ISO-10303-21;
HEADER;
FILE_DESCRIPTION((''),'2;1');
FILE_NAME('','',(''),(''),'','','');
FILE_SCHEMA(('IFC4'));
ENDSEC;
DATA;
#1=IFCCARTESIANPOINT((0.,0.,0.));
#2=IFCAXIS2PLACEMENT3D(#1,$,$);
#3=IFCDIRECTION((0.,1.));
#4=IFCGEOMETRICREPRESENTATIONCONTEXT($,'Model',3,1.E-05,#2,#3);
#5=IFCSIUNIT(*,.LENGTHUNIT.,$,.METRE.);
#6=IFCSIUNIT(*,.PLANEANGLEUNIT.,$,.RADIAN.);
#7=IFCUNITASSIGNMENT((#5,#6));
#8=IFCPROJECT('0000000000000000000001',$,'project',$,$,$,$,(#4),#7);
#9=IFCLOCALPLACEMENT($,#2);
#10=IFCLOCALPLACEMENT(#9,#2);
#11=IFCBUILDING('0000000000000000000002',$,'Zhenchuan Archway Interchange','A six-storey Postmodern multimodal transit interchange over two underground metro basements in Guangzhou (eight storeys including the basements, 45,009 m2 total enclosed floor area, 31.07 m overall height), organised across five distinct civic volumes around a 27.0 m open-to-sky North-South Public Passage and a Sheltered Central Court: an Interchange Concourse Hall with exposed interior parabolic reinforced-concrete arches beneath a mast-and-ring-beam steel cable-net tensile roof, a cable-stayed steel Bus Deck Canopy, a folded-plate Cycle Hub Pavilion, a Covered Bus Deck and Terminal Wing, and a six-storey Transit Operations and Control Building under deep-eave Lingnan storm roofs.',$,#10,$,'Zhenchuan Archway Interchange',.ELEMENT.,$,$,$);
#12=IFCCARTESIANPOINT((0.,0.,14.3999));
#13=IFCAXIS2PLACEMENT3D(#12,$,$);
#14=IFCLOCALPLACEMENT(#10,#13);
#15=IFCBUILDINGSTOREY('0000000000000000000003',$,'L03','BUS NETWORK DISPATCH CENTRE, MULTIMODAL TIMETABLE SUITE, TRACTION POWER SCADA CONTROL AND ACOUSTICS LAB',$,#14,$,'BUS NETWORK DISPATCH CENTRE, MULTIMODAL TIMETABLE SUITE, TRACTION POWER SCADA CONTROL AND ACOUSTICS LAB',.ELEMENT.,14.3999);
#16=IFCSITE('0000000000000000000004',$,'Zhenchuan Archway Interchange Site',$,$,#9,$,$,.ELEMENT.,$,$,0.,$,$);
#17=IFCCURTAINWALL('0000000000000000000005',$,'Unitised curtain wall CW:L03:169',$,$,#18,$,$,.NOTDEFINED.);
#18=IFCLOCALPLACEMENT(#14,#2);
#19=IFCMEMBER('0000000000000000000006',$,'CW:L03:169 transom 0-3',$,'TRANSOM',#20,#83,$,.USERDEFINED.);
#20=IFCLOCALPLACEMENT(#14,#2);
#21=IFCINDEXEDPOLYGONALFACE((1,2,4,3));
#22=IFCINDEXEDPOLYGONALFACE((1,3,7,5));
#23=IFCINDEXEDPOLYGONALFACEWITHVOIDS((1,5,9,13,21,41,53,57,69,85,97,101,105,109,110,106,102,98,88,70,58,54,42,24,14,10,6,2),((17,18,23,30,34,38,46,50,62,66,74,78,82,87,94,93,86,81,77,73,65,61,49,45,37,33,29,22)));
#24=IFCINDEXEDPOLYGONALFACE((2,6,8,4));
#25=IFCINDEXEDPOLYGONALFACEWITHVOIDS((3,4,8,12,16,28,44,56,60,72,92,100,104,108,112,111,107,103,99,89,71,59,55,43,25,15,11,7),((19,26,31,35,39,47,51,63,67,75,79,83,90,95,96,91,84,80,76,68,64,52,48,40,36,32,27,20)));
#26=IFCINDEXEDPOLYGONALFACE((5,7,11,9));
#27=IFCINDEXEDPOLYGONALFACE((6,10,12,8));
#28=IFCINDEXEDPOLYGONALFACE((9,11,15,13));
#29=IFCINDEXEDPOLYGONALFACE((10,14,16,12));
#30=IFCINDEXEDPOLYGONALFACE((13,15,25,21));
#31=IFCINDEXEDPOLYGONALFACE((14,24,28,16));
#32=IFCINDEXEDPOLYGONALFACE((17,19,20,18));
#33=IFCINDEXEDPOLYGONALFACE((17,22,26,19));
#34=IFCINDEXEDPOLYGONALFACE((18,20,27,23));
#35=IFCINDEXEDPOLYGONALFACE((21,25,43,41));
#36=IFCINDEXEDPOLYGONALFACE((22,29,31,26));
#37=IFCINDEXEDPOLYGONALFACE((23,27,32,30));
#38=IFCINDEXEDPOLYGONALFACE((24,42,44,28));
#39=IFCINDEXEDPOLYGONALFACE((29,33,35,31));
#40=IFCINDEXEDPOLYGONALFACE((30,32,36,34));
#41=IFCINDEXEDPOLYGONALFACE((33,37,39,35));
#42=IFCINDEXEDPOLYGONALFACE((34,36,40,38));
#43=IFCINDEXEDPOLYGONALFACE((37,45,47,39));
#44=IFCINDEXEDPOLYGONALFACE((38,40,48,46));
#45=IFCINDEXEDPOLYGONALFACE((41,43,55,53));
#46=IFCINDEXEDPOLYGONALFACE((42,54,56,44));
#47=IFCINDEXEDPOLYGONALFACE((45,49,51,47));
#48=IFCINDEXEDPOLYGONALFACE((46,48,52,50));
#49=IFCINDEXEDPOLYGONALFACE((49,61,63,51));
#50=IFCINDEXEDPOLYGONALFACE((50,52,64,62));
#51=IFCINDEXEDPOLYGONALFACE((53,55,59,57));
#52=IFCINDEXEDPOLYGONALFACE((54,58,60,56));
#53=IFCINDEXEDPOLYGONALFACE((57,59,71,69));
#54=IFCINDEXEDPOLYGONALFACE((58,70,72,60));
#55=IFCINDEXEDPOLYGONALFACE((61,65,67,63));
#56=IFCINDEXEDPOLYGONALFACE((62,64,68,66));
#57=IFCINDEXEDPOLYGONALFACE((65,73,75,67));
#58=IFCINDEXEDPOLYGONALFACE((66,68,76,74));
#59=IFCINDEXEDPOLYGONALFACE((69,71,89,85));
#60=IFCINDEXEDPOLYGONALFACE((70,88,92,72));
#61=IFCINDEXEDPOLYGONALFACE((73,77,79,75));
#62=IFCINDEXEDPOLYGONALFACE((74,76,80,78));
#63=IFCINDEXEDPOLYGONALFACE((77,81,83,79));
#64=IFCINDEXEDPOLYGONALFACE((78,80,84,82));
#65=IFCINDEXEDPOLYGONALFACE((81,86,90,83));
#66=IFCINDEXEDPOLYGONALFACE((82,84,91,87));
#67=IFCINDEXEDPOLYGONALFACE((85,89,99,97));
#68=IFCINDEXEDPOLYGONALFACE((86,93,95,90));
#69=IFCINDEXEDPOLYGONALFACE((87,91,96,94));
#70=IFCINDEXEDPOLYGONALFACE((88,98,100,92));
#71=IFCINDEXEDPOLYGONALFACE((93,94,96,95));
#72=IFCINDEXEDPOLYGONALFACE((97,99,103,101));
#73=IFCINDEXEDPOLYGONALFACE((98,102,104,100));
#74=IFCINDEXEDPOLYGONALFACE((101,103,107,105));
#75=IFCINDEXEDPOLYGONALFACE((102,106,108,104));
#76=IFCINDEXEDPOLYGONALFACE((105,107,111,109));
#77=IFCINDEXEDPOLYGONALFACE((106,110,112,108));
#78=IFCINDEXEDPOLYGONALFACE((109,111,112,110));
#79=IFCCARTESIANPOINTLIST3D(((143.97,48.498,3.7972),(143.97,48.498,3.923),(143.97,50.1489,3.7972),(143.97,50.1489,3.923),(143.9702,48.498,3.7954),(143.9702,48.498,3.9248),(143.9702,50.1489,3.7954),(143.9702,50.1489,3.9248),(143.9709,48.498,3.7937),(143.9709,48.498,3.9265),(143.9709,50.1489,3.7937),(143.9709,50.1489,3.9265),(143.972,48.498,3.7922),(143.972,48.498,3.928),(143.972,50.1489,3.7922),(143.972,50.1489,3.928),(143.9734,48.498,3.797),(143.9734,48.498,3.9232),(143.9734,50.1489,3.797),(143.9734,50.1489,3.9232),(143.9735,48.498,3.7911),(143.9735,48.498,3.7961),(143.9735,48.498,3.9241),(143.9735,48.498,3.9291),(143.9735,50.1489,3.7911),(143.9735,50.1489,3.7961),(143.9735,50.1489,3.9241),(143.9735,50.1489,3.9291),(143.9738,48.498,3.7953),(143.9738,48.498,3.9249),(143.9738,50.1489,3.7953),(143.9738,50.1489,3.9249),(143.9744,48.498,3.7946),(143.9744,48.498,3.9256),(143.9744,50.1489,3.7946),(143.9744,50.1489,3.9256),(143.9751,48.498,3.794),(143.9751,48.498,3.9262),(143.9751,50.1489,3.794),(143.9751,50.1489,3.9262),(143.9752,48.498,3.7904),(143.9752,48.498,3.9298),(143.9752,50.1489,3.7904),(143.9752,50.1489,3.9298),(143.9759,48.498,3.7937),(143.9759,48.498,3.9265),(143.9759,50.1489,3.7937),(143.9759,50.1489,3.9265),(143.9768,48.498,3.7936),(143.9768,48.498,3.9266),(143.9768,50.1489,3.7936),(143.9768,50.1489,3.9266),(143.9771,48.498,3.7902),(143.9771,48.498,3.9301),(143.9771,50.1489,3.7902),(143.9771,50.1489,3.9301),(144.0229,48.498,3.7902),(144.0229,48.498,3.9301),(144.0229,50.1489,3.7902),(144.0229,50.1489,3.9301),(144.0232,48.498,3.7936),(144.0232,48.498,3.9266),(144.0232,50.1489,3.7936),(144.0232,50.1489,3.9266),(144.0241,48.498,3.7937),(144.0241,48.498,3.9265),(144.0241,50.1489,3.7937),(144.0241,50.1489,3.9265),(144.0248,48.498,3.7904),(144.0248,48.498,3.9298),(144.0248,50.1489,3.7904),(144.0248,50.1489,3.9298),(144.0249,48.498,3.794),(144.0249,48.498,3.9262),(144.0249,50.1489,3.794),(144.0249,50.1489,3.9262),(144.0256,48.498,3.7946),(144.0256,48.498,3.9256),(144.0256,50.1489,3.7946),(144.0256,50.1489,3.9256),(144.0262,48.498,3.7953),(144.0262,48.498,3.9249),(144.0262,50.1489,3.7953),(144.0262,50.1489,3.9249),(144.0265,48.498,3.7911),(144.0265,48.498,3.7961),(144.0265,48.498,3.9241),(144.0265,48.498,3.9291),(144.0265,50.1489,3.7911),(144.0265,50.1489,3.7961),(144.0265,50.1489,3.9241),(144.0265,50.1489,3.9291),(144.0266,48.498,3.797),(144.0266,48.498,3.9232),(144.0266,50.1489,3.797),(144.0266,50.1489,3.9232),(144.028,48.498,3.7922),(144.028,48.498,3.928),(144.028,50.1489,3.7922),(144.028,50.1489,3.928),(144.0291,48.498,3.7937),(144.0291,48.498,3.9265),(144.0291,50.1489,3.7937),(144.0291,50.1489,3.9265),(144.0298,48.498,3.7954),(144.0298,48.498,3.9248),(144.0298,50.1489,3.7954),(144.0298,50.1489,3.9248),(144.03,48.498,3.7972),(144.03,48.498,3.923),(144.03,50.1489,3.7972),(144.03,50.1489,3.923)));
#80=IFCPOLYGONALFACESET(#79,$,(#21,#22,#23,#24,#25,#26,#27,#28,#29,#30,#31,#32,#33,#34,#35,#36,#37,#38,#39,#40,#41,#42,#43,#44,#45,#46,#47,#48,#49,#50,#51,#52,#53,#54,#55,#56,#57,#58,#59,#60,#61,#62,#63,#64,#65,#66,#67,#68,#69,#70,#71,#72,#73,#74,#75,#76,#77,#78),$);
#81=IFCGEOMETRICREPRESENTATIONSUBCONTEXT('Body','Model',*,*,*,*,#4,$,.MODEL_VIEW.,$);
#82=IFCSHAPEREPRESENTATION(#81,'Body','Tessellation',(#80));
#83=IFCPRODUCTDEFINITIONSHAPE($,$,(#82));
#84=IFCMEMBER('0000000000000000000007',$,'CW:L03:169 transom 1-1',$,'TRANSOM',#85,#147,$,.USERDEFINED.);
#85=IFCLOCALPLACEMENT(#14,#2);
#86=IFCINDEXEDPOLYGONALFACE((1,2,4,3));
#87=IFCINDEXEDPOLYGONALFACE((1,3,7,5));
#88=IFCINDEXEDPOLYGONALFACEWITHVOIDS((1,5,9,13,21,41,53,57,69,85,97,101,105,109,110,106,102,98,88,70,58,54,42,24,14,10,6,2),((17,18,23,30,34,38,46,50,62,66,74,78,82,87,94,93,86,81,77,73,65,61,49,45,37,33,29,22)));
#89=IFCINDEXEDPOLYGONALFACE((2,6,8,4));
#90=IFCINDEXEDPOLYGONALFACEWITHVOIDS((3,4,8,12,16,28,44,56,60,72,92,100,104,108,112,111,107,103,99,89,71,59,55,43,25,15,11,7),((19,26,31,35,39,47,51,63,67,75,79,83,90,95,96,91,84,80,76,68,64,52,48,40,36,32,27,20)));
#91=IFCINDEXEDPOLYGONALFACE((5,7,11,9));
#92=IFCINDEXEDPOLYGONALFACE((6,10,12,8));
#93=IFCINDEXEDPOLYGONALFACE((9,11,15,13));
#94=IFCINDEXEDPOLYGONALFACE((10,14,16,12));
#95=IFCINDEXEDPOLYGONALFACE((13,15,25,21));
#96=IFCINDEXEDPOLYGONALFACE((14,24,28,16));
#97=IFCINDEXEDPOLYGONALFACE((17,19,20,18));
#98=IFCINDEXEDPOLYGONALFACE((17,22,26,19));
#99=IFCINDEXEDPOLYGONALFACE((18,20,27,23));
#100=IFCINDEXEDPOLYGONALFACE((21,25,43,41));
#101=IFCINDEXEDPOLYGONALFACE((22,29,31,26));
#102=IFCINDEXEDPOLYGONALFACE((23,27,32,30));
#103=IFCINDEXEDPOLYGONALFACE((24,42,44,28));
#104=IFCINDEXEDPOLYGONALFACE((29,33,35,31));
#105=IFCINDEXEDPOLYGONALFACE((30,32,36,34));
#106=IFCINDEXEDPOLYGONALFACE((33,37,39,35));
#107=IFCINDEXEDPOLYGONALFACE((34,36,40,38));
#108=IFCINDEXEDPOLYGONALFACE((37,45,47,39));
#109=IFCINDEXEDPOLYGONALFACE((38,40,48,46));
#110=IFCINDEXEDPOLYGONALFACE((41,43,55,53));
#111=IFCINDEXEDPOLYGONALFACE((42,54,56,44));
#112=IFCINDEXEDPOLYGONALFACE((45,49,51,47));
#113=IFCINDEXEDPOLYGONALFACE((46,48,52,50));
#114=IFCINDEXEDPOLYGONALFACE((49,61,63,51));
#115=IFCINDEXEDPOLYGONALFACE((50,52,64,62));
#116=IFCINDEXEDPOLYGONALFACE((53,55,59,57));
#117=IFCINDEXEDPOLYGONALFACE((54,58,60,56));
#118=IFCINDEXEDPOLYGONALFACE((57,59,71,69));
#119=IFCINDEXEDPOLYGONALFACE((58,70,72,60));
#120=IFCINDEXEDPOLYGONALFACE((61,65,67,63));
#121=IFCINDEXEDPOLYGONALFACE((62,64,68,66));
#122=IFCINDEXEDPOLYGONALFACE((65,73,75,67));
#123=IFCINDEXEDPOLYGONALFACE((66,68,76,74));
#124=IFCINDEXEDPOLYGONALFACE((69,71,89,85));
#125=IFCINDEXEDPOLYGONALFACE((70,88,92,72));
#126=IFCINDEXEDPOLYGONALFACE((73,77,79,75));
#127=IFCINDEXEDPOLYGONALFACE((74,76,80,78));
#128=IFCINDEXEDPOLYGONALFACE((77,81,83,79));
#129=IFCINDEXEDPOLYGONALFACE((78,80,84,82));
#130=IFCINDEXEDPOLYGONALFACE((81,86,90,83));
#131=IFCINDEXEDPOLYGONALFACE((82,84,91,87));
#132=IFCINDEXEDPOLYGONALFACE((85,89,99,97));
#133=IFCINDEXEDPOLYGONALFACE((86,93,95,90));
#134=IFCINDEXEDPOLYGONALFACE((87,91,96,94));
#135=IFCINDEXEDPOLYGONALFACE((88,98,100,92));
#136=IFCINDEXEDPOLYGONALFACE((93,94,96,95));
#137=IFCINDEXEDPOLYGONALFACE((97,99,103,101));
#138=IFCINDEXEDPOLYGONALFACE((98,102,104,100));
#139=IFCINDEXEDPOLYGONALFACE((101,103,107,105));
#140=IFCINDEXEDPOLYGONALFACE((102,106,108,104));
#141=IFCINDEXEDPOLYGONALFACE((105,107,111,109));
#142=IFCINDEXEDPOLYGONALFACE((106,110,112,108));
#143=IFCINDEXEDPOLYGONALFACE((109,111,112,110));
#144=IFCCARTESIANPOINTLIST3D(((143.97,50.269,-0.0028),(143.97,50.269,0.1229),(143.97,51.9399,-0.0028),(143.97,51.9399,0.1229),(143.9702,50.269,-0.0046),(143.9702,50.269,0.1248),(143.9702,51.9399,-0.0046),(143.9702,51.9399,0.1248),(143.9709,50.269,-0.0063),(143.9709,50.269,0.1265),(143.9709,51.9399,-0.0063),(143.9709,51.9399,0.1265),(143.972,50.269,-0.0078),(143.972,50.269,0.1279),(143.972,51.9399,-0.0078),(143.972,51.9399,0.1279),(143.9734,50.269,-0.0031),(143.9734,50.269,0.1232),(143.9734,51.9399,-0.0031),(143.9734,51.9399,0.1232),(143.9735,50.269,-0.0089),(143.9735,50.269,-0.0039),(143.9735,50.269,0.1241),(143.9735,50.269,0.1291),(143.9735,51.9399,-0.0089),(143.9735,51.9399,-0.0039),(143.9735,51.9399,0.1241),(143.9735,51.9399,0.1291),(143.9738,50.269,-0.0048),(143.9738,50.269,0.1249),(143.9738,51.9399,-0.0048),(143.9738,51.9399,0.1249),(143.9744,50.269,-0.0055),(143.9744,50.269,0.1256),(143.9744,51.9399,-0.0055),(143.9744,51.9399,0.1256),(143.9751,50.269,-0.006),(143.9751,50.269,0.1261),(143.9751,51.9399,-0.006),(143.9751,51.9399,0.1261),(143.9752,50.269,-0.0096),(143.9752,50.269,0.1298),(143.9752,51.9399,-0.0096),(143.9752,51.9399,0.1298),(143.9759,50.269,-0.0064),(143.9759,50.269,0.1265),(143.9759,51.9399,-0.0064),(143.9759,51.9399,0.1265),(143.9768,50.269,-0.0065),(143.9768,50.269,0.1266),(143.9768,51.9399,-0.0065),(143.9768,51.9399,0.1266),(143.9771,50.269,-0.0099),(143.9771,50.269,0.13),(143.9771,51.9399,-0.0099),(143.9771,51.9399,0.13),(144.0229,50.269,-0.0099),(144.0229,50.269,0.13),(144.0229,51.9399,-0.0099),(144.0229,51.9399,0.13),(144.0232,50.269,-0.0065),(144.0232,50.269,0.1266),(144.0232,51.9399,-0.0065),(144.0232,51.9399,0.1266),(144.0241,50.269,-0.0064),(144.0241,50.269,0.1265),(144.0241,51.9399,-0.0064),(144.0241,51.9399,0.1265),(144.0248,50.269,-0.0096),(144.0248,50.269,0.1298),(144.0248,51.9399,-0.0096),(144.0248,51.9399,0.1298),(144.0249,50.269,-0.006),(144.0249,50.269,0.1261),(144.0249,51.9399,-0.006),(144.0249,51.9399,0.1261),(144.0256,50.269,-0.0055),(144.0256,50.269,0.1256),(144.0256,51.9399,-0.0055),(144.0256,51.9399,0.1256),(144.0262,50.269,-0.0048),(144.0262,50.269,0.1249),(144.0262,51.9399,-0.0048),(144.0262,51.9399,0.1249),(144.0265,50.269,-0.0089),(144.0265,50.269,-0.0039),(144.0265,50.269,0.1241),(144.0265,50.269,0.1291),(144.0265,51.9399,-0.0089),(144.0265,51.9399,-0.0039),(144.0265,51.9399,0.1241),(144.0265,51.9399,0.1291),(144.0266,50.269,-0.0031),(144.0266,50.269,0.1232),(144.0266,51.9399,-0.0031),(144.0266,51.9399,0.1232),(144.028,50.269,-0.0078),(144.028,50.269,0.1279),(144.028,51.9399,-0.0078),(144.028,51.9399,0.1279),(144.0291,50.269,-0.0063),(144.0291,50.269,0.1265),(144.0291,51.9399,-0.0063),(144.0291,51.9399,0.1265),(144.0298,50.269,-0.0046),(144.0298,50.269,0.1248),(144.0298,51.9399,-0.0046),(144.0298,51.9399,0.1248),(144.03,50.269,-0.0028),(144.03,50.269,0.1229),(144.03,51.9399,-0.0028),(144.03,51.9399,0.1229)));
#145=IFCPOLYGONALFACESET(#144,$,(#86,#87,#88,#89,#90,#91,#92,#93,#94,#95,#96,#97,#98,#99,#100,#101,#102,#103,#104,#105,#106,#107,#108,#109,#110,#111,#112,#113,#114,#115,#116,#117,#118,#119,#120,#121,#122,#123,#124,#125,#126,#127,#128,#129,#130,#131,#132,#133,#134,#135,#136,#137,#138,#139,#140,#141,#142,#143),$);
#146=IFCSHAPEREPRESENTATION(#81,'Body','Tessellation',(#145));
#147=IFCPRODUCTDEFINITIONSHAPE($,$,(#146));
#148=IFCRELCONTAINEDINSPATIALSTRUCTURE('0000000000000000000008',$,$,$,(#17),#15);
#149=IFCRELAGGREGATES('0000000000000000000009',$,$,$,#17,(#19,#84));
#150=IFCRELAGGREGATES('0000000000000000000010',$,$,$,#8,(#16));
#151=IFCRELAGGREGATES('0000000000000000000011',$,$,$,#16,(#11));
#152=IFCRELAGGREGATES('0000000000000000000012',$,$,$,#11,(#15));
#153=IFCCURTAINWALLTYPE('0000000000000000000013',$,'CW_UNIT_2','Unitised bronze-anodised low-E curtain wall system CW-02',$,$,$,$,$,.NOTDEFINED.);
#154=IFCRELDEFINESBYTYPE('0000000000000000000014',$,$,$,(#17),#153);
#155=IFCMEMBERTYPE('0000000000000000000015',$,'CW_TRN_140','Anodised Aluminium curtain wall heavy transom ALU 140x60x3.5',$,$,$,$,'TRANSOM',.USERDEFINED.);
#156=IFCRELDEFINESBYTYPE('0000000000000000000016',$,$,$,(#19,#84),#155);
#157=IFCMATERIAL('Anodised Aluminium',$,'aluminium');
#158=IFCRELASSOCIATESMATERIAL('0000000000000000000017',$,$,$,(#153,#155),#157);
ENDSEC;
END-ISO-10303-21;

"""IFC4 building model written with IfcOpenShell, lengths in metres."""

from ifc_helpers import new_model, si_unit, direction, frame, origin, origin_2d, place, context, subcontext, project, spatial, hollow_rectangle, extrude, material, material_profile, profile_set, type_object, element, aggregate, save


model = new_model("IFC4")

# Units and contexts
model_context = context("Model", 3, precision=1e-05, world=origin(), true_north=direction((0.0, 1.0)))
body_context = subcontext(model_context, "Body", "Model", "MODEL_VIEW")
ifc_project = project(units=[si_unit("LENGTHUNIT", "METRE"), si_unit("PLANEANGLEUNIT", "RADIAN")], contexts=[model_context])

# Site, building, storey
site_placement = place(None, origin())
site = spatial("IfcSite", under=ifc_project, at=site_placement, Name="Zhenchuan Archway Interchange Site", CompositionType="ELEMENT", RefElevation=0.0)
building_placement = place(site_placement, origin())
building = spatial("IfcBuilding", under=site, at=building_placement, Name="Zhenchuan Archway Interchange", Description="A six-storey Postmodern multimodal transit interchange over two underground metro basements in Guangzhou (eight storeys including the basements, 45,009 m2 total enclosed floor area, 31.07 m overall height), organised across five distinct civic volumes around a 27.0 m open-to-sky North-South Public Passage and a Sheltered Central Court: an Interchange Concourse Hall with exposed interior parabolic reinforced-concrete arches beneath a mast-and-ring-beam steel cable-net tensile roof, a cable-stayed steel Bus Deck Canopy, a folded-plate Cycle Hub Pavilion, a Covered Bus Deck and Terminal Wing, and a six-storey Transit Operations and Control Building under deep-eave Lingnan storm roofs.", LongName="Zhenchuan Archway Interchange", CompositionType="ELEMENT")
storey_placement = place(building_placement, frame((0.0, 0.0, 14.3999)))
storey = spatial("IfcBuildingStorey", under=building, at=storey_placement, Name="L03", Description="BUS NETWORK DISPATCH CENTRE, MULTIMODAL TIMETABLE SUITE, TRACTION POWER SCADA CONTROL AND ACOUSTICS LAB", LongName="BUS NETWORK DISPATCH CENTRE, MULTIMODAL TIMETABLE SUITE, TRACTION POWER SCADA CONTROL AND ACOUSTICS LAB", CompositionType="ELEMENT", Elevation=14.3999)

# Curtain wall
ifc_material_1 = material(Name="Anodised Aluminium", Category="aluminium")
curtain_wall_type_1 = type_object("IfcCurtainWallType", Name="CW_UNIT_2", Description="Unitised bronze-anodised low-E curtain wall system CW-02", PredefinedType="NOTDEFINED", material=ifc_material_1)
curtain_wall_1_placement = place(storey_placement, origin())
curtain_wall_1 = element("IfcCurtainWall", 1, at=curtain_wall_1_placement, inside=storey, type_object=curtain_wall_type_1, Name="Unitised curtain wall CW:L03:169", PredefinedType="NOTDEFINED")

# Members
ifc_material_profile_1 = material_profile(ifc_material_1, hollow_rectangle(XDim=0.0601, YDim=0.1399, WallThickness=0.0034, InnerFilletRadius=0.0034, OuterFilletRadius=0.0071, at=origin_2d()), Name="ALU 140x60x3.5")
ifc_profile_set_1 = profile_set([ifc_material_profile_1], Name="Anodised Aluminium")
member_type_1 = type_object("IfcMemberType", Name="CW_TRN_140", Description="Anodised Aluminium curtain wall heavy transom ALU 140x60x3.5", ElementType="TRANSOM", PredefinedType="USERDEFINED", material=ifc_profile_set_1)
member_1_placement = place(storey_placement, frame((144.0, 48.498, 3.8601), z_axis=(0.0, 1.0, 0.0), x_axis=(-1.0, 0.0, 0.0)))
member_1 = element("IfcMember", 2, at=member_1_placement, type_object=member_type_1, Name="CW:L03:169 transom 0-3", ObjectType="TRANSOM", PredefinedType="USERDEFINED", context=body_context, shape_type="SweptSolid", body=[
    extrude(hollow_rectangle(XDim=0.0601, YDim=0.1399, WallThickness=0.0034, InnerFilletRadius=0.0034, OuterFilletRadius=0.0071, at=origin_2d()), origin(), (0.0, 0.0, 1.0), 1.6509),
])
member_2_placement = place(storey_placement, frame((144.0, 50.269, 0.0601), z_axis=(0.0, 1.0, 0.0), x_axis=(-1.0, 0.0, 0.0)))
member_2 = element("IfcMember", 3, at=member_2_placement, type_object=member_type_1, Name="CW:L03:169 transom 1-1", ObjectType="TRANSOM", PredefinedType="USERDEFINED", context=body_context, shape_type="SweptSolid", body=[
    extrude(hollow_rectangle(XDim=0.0601, YDim=0.1399, WallThickness=0.0034, InnerFilletRadius=0.0034, OuterFilletRadius=0.0071, at=origin_2d()), origin(), (0.0, 0.0, 1.0), 1.6709),
])

aggregate(curtain_wall_1, [member_1, member_2])

save(model, "model.ifc")
